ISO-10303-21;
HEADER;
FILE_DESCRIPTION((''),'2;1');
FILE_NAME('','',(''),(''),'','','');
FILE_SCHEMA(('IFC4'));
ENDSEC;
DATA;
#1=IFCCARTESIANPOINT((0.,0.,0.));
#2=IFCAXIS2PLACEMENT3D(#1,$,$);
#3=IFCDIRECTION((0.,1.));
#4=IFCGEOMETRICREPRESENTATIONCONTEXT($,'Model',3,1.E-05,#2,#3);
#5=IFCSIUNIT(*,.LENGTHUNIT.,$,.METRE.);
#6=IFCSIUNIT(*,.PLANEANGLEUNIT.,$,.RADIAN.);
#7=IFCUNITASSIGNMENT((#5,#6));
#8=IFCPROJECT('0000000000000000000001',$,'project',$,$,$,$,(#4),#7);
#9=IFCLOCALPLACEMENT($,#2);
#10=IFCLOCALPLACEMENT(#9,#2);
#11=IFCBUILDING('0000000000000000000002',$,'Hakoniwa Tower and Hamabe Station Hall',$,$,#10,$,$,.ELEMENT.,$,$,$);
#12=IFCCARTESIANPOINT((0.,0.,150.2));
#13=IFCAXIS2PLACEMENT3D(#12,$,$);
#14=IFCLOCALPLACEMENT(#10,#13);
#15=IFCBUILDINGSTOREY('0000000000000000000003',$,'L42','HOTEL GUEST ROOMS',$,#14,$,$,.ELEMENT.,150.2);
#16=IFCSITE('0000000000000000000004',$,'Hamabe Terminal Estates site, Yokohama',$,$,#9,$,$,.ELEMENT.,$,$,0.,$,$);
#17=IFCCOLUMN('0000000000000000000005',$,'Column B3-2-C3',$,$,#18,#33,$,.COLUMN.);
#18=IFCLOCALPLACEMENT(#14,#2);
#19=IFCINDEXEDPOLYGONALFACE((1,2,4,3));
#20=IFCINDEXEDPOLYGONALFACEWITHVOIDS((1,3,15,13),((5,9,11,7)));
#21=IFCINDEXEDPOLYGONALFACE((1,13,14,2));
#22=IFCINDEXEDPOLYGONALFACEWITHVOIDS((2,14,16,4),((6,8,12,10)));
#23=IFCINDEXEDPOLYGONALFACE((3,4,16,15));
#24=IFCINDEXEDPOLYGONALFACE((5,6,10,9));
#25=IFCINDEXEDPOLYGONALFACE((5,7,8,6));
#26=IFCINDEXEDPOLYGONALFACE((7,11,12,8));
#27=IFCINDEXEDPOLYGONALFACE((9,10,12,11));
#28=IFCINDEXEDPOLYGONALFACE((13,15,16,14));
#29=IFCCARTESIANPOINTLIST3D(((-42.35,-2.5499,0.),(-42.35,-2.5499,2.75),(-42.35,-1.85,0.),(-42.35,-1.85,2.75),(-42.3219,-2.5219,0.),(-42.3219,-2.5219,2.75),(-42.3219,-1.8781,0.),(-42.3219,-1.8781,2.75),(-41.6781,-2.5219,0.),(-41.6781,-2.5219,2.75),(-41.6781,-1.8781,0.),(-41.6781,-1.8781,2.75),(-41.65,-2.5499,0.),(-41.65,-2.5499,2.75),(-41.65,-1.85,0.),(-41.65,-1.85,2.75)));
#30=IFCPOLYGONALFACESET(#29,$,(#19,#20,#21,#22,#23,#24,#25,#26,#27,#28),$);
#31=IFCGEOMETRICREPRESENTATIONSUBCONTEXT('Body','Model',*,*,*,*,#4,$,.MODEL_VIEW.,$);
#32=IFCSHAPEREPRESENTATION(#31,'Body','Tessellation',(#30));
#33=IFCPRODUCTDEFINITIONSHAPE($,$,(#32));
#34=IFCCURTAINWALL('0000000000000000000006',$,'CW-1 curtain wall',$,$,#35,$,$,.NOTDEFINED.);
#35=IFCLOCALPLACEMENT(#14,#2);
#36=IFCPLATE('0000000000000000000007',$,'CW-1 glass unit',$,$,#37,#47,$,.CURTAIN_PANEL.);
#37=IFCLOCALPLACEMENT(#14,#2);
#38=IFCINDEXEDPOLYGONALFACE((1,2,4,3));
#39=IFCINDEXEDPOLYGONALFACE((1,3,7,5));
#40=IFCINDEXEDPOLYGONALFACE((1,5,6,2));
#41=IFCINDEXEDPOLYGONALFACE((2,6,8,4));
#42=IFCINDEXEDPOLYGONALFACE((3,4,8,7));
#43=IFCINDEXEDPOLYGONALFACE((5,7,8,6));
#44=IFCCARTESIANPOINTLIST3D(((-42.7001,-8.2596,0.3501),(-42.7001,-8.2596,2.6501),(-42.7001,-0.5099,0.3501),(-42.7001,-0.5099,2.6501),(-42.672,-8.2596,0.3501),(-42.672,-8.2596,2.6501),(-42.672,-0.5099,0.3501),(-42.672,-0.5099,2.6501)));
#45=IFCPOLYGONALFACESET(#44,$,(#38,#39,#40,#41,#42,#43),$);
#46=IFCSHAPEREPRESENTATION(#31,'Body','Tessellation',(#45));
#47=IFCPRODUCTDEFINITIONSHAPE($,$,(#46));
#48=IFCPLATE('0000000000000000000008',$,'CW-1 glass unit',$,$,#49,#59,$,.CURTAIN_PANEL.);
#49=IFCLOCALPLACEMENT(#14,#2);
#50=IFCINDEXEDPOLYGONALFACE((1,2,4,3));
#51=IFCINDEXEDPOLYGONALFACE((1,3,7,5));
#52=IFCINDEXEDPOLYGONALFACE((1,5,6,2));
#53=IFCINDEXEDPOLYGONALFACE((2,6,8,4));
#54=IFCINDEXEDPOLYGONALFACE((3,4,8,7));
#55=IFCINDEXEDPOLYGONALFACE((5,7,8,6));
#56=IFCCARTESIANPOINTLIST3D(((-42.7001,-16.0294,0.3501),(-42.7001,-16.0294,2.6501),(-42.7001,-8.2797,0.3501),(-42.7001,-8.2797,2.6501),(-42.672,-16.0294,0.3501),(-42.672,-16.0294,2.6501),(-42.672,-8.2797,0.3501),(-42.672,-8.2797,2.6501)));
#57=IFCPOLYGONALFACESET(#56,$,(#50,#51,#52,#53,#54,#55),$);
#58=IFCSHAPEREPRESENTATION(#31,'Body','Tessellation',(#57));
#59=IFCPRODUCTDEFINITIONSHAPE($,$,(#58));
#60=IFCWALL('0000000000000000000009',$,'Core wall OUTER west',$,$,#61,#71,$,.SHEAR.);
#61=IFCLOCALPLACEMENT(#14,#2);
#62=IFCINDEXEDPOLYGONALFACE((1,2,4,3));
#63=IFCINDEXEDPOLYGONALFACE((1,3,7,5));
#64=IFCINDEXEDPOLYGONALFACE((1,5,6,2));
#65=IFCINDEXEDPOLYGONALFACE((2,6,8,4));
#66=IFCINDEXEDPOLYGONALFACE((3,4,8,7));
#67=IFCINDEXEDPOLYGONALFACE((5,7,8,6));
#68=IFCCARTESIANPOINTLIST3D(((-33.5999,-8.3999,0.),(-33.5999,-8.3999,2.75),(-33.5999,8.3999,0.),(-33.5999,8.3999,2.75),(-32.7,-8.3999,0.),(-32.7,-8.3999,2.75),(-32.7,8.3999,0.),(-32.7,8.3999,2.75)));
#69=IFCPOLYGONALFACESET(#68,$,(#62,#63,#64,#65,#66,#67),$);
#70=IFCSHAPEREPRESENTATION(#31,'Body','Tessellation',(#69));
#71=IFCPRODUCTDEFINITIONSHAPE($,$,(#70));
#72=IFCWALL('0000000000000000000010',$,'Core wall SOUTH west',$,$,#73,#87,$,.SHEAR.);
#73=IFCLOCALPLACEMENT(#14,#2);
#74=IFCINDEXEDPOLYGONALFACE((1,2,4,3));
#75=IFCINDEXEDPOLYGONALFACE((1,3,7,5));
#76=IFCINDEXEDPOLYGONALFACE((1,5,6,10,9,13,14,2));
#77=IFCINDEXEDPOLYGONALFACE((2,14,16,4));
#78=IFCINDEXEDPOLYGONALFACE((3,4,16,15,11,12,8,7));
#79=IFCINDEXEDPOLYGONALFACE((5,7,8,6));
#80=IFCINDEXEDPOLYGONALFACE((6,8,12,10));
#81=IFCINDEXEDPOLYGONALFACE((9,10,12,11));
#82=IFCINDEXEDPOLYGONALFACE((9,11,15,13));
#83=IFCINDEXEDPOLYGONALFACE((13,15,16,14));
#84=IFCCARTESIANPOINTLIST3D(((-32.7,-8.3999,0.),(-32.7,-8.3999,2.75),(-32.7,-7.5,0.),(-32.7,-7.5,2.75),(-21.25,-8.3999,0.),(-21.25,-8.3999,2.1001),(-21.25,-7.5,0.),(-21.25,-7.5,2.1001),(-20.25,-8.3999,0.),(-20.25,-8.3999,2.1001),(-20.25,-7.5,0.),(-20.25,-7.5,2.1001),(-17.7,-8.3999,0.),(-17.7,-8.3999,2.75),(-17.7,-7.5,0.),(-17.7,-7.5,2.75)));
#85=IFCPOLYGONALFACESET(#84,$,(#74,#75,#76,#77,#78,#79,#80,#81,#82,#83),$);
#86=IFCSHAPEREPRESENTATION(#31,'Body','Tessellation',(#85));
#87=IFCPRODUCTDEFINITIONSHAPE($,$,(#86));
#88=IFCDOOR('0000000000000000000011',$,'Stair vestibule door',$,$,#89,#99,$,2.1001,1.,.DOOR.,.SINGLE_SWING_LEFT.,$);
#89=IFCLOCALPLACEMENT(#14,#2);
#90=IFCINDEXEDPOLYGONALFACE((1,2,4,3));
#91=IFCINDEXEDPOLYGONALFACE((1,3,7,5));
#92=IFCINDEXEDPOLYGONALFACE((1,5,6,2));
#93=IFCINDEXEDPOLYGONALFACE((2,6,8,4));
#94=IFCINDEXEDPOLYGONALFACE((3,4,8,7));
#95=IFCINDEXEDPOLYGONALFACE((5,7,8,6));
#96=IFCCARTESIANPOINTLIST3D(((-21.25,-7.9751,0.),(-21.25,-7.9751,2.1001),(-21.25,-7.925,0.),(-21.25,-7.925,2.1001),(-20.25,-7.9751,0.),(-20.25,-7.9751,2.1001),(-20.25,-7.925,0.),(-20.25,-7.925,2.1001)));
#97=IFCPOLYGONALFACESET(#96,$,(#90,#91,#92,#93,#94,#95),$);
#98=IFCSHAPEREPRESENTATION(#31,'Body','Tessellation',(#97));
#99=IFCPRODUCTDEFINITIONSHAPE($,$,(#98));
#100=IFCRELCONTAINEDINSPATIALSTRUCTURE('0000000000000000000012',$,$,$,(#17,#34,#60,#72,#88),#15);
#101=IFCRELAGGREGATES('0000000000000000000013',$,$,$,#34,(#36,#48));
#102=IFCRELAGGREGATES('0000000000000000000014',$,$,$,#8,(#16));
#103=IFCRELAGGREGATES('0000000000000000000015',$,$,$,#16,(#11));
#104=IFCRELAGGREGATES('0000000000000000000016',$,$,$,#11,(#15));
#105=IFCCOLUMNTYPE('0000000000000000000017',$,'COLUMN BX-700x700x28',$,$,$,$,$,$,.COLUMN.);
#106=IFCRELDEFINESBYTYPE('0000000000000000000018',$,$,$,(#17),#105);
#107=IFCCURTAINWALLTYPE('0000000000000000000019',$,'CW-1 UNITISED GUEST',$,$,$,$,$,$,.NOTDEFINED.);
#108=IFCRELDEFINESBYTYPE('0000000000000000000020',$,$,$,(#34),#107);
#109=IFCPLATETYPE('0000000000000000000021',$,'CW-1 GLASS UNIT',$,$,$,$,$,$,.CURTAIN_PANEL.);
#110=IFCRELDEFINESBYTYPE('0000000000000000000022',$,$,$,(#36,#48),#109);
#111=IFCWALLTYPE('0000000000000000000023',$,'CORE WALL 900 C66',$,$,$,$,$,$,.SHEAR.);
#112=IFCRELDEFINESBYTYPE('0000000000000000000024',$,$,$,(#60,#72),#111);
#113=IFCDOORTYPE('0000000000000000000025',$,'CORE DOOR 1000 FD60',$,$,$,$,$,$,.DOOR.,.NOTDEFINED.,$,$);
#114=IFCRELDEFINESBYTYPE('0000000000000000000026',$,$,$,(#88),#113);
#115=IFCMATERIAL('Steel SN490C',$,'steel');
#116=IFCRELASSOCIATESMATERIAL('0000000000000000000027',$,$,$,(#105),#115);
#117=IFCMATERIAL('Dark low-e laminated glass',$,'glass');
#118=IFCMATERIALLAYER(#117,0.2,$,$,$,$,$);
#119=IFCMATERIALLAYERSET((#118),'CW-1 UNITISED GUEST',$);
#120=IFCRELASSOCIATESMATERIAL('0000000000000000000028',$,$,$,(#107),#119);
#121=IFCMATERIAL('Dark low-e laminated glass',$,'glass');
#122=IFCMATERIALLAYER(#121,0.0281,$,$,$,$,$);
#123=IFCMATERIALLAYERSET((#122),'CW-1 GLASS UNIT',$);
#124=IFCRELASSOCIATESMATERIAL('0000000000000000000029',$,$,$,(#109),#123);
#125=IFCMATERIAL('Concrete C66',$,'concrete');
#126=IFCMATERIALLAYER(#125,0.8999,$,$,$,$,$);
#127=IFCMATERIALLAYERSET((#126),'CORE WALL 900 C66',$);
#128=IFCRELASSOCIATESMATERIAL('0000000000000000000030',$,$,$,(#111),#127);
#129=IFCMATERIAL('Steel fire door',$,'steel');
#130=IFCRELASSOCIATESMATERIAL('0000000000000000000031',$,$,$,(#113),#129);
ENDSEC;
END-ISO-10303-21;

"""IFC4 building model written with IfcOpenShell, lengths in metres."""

from ifc_helpers import new_model, si_unit, direction, frame, frame_2d, origin, origin_2d, place, context, subcontext, project, spatial, rectangle, hollow_rectangle, extrude, material, layer, layer_set, material_profile, profile_set, type_object, element, fill, aggregate, save


model = new_model("IFC4")

# Units and contexts
model_context = context("Model", 3, precision=1e-05, world=origin(), true_north=direction((0.0, 1.0)))
body_context = subcontext(model_context, "Body", "Model", "MODEL_VIEW")
ifc_project = project(units=[si_unit("LENGTHUNIT", "METRE"), si_unit("PLANEANGLEUNIT", "RADIAN")], contexts=[model_context])

# Site, building, storey
site_placement = place(None, origin())
site = spatial("IfcSite", under=ifc_project, at=site_placement, Name="Hamabe Terminal Estates site, Yokohama", CompositionType="ELEMENT", RefElevation=0.0)
building_placement = place(site_placement, origin())
building = spatial("IfcBuilding", under=site, at=building_placement, Name="Hakoniwa Tower and Hamabe Station Hall", CompositionType="ELEMENT")
storey_placement = place(building_placement, frame((0.0, 0.0, 150.2)))
storey = spatial("IfcBuildingStorey", under=building, at=storey_placement, Name="L42", Description="HOTEL GUEST ROOMS", CompositionType="ELEMENT", Elevation=150.2)

# Column
ifc_material_1 = material(Name="Steel SN490C", Category="steel")
ifc_material_profile = material_profile(ifc_material_1, hollow_rectangle(XDim=0.7, YDim=0.7, WallThickness=0.0281, at=origin_2d()), Name="BX-700x700x28")
ifc_profile_set = profile_set([ifc_material_profile], Name="Steel SN490C")
column_type = type_object("IfcColumnType", Name="COLUMN BX-700x700x28", PredefinedType="COLUMN", material=ifc_profile_set)
column_placement = place(storey_placement, frame((-42.0, -2.2, 0.0), z_axis=(0.0, 0.0, 1.0), x_axis=(1.0, 0.0, 0.0)))
element("IfcColumn", 1, at=column_placement, inside=storey, type_object=column_type, Name="Column B3-2-C3", PredefinedType="COLUMN", context=body_context, shape_type="SweptSolid", body=[
    extrude(hollow_rectangle(XDim=0.7, YDim=0.7, WallThickness=0.0281, at=origin_2d()), origin(), (0.0, 0.0, 1.0), 2.75),
])

# Curtain wall, plates
ifc_material_2 = material(Name="Dark low-e laminated glass", Category="glass")
ifc_layer_1 = layer(ifc_material_2, 0.2)
ifc_layer_set_1 = layer_set([ifc_layer_1], Name="CW-1 UNITISED GUEST")
curtain_wall_type = type_object("IfcCurtainWallType", Name="CW-1 UNITISED GUEST", PredefinedType="NOTDEFINED", material=ifc_layer_set_1)
curtain_wall_placement = place(storey_placement, origin())
curtain_wall = element("IfcCurtainWall", 2, at=curtain_wall_placement, inside=storey, type_object=curtain_wall_type, Name="CW-1 curtain wall", PredefinedType="NOTDEFINED")
ifc_material_3 = material(Name="Dark low-e laminated glass", Category="glass")
ifc_layer_2 = layer(ifc_material_3, 0.0281)
ifc_layer_set_2 = layer_set([ifc_layer_2], Name="CW-1 GLASS UNIT")
plate_type = type_object("IfcPlateType", Name="CW-1 GLASS UNIT", PredefinedType="CURTAIN_PANEL", material=ifc_layer_set_2)
plate_1_placement = place(storey_placement, frame((-42.686, -4.3848, 0.3501), z_axis=(0.0, 0.0, 1.0), x_axis=(0.0, -1.0, 0.0)))
plate_1 = element("IfcPlate", 3, at=plate_1_placement, type_object=plate_type, Name="CW-1 glass unit", PredefinedType="CURTAIN_PANEL", context=body_context, shape_type="SweptSolid", body=[
    extrude(rectangle(XDim=7.7498, YDim=0.0281, at=origin_2d()), origin(), (0.0, 0.0, 1.0), 2.3),
])
plate_2_placement = place(storey_placement, frame((-42.686, -12.1545, 0.3501), z_axis=(0.0, 0.0, 1.0), x_axis=(0.0, -1.0, 0.0)))
plate_2 = element("IfcPlate", 4, at=plate_2_placement, type_object=plate_type, Name="CW-1 glass unit", PredefinedType="CURTAIN_PANEL", context=body_context, shape_type="SweptSolid", body=[
    extrude(rectangle(XDim=7.7498, YDim=0.0281, at=origin_2d()), origin(), (0.0, 0.0, 1.0), 2.3),
])
aggregate(curtain_wall, [plate_1, plate_2])

# Wall
ifc_material_4 = material(Name="Concrete C66", Category="concrete")
ifc_layer_3 = layer(ifc_material_4, 0.8999)
ifc_layer_set_3 = layer_set([ifc_layer_3], Name="CORE WALL 900 C66")
wall_type_1 = type_object("IfcWallType", Name="CORE WALL 900 C66", PredefinedType="SHEAR", material=ifc_layer_set_3)
wall_1_placement = place(storey_placement, frame((-33.1499, -8.3999, 0.0), z_axis=(0.0, 0.0, 1.0), x_axis=(0.0, 1.0, 0.0)))
element("IfcWall", 5, at=wall_1_placement, inside=storey, type_object=wall_type_1, Name="Core wall OUTER west", PredefinedType="SHEAR", context=body_context, shape_type="SweptSolid", body=[
    extrude(rectangle(XDim=16.7998, YDim=0.8999, at=frame_2d((8.3999, 0.0))), origin(), (0.0, 0.0, 1.0), 2.75),
])

# Wall, opening, door
wall_2_placement = place(storey_placement, frame((-32.7, -7.95, 0.0), z_axis=(0.0, 0.0, 1.0), x_axis=(1.0, 0.0, 0.0)))
wall_2 = element("IfcWall", 6, at=wall_2_placement, inside=storey, type_object=wall_type_1, Name="Core wall SOUTH west", PredefinedType="SHEAR", context=body_context, shape_type="SweptSolid", body=[
    extrude(rectangle(XDim=15.0, YDim=0.8999, at=frame_2d((7.5, 0.0))), origin(), (0.0, 0.0, 1.0), 2.75),
])
opening_1_placement = place(wall_2_placement, frame((11.45, 0.0, 0.0)))
opening_1 = element("IfcOpeningElement", 7, at=opening_1_placement, cuts=wall_2, PredefinedType="OPENING", context=body_context, shape_type="SweptSolid", body=[
    extrude(rectangle(XDim=1.0, YDim=2.1001, at=frame_2d((0.5, 1.05))), frame((0.0, 0.46, 0.0), z_axis=(0.0, -1.0, 0.0), x_axis=(1.0, 0.0, 0.0)), (0.0, 0.0, 1.0), 0.9199),
])
ifc_material_5 = material(Name="Steel fire door", Category="steel")
door_type_1 = type_object("IfcDoorType", Name="CORE DOOR 1000 FD60", OperationType="NOTDEFINED", PredefinedType="DOOR", material=ifc_material_5)
door_1_placement = place(opening_1_placement, origin())
door_1 = element("IfcDoor", 8, at=door_1_placement, inside=storey, type_object=door_type_1, Name="Stair vestibule door", OperationType="SINGLE_SWING_LEFT", OverallHeight=2.1001, OverallWidth=1.0, PredefinedType="DOOR", context=body_context, shape_type="SweptSolid", body=[
    extrude(rectangle(XDim=1.0, YDim=2.1001, at=frame_2d((0.5, 1.05))), frame((0.0, 0.0249, 0.0), z_axis=(0.0, -1.0, 0.0), x_axis=(1.0, 0.0, 0.0)), (0.0, 0.0, 1.0), 0.05),
])
fill(opening_1, door_1)

save(model, "model.ifc")
